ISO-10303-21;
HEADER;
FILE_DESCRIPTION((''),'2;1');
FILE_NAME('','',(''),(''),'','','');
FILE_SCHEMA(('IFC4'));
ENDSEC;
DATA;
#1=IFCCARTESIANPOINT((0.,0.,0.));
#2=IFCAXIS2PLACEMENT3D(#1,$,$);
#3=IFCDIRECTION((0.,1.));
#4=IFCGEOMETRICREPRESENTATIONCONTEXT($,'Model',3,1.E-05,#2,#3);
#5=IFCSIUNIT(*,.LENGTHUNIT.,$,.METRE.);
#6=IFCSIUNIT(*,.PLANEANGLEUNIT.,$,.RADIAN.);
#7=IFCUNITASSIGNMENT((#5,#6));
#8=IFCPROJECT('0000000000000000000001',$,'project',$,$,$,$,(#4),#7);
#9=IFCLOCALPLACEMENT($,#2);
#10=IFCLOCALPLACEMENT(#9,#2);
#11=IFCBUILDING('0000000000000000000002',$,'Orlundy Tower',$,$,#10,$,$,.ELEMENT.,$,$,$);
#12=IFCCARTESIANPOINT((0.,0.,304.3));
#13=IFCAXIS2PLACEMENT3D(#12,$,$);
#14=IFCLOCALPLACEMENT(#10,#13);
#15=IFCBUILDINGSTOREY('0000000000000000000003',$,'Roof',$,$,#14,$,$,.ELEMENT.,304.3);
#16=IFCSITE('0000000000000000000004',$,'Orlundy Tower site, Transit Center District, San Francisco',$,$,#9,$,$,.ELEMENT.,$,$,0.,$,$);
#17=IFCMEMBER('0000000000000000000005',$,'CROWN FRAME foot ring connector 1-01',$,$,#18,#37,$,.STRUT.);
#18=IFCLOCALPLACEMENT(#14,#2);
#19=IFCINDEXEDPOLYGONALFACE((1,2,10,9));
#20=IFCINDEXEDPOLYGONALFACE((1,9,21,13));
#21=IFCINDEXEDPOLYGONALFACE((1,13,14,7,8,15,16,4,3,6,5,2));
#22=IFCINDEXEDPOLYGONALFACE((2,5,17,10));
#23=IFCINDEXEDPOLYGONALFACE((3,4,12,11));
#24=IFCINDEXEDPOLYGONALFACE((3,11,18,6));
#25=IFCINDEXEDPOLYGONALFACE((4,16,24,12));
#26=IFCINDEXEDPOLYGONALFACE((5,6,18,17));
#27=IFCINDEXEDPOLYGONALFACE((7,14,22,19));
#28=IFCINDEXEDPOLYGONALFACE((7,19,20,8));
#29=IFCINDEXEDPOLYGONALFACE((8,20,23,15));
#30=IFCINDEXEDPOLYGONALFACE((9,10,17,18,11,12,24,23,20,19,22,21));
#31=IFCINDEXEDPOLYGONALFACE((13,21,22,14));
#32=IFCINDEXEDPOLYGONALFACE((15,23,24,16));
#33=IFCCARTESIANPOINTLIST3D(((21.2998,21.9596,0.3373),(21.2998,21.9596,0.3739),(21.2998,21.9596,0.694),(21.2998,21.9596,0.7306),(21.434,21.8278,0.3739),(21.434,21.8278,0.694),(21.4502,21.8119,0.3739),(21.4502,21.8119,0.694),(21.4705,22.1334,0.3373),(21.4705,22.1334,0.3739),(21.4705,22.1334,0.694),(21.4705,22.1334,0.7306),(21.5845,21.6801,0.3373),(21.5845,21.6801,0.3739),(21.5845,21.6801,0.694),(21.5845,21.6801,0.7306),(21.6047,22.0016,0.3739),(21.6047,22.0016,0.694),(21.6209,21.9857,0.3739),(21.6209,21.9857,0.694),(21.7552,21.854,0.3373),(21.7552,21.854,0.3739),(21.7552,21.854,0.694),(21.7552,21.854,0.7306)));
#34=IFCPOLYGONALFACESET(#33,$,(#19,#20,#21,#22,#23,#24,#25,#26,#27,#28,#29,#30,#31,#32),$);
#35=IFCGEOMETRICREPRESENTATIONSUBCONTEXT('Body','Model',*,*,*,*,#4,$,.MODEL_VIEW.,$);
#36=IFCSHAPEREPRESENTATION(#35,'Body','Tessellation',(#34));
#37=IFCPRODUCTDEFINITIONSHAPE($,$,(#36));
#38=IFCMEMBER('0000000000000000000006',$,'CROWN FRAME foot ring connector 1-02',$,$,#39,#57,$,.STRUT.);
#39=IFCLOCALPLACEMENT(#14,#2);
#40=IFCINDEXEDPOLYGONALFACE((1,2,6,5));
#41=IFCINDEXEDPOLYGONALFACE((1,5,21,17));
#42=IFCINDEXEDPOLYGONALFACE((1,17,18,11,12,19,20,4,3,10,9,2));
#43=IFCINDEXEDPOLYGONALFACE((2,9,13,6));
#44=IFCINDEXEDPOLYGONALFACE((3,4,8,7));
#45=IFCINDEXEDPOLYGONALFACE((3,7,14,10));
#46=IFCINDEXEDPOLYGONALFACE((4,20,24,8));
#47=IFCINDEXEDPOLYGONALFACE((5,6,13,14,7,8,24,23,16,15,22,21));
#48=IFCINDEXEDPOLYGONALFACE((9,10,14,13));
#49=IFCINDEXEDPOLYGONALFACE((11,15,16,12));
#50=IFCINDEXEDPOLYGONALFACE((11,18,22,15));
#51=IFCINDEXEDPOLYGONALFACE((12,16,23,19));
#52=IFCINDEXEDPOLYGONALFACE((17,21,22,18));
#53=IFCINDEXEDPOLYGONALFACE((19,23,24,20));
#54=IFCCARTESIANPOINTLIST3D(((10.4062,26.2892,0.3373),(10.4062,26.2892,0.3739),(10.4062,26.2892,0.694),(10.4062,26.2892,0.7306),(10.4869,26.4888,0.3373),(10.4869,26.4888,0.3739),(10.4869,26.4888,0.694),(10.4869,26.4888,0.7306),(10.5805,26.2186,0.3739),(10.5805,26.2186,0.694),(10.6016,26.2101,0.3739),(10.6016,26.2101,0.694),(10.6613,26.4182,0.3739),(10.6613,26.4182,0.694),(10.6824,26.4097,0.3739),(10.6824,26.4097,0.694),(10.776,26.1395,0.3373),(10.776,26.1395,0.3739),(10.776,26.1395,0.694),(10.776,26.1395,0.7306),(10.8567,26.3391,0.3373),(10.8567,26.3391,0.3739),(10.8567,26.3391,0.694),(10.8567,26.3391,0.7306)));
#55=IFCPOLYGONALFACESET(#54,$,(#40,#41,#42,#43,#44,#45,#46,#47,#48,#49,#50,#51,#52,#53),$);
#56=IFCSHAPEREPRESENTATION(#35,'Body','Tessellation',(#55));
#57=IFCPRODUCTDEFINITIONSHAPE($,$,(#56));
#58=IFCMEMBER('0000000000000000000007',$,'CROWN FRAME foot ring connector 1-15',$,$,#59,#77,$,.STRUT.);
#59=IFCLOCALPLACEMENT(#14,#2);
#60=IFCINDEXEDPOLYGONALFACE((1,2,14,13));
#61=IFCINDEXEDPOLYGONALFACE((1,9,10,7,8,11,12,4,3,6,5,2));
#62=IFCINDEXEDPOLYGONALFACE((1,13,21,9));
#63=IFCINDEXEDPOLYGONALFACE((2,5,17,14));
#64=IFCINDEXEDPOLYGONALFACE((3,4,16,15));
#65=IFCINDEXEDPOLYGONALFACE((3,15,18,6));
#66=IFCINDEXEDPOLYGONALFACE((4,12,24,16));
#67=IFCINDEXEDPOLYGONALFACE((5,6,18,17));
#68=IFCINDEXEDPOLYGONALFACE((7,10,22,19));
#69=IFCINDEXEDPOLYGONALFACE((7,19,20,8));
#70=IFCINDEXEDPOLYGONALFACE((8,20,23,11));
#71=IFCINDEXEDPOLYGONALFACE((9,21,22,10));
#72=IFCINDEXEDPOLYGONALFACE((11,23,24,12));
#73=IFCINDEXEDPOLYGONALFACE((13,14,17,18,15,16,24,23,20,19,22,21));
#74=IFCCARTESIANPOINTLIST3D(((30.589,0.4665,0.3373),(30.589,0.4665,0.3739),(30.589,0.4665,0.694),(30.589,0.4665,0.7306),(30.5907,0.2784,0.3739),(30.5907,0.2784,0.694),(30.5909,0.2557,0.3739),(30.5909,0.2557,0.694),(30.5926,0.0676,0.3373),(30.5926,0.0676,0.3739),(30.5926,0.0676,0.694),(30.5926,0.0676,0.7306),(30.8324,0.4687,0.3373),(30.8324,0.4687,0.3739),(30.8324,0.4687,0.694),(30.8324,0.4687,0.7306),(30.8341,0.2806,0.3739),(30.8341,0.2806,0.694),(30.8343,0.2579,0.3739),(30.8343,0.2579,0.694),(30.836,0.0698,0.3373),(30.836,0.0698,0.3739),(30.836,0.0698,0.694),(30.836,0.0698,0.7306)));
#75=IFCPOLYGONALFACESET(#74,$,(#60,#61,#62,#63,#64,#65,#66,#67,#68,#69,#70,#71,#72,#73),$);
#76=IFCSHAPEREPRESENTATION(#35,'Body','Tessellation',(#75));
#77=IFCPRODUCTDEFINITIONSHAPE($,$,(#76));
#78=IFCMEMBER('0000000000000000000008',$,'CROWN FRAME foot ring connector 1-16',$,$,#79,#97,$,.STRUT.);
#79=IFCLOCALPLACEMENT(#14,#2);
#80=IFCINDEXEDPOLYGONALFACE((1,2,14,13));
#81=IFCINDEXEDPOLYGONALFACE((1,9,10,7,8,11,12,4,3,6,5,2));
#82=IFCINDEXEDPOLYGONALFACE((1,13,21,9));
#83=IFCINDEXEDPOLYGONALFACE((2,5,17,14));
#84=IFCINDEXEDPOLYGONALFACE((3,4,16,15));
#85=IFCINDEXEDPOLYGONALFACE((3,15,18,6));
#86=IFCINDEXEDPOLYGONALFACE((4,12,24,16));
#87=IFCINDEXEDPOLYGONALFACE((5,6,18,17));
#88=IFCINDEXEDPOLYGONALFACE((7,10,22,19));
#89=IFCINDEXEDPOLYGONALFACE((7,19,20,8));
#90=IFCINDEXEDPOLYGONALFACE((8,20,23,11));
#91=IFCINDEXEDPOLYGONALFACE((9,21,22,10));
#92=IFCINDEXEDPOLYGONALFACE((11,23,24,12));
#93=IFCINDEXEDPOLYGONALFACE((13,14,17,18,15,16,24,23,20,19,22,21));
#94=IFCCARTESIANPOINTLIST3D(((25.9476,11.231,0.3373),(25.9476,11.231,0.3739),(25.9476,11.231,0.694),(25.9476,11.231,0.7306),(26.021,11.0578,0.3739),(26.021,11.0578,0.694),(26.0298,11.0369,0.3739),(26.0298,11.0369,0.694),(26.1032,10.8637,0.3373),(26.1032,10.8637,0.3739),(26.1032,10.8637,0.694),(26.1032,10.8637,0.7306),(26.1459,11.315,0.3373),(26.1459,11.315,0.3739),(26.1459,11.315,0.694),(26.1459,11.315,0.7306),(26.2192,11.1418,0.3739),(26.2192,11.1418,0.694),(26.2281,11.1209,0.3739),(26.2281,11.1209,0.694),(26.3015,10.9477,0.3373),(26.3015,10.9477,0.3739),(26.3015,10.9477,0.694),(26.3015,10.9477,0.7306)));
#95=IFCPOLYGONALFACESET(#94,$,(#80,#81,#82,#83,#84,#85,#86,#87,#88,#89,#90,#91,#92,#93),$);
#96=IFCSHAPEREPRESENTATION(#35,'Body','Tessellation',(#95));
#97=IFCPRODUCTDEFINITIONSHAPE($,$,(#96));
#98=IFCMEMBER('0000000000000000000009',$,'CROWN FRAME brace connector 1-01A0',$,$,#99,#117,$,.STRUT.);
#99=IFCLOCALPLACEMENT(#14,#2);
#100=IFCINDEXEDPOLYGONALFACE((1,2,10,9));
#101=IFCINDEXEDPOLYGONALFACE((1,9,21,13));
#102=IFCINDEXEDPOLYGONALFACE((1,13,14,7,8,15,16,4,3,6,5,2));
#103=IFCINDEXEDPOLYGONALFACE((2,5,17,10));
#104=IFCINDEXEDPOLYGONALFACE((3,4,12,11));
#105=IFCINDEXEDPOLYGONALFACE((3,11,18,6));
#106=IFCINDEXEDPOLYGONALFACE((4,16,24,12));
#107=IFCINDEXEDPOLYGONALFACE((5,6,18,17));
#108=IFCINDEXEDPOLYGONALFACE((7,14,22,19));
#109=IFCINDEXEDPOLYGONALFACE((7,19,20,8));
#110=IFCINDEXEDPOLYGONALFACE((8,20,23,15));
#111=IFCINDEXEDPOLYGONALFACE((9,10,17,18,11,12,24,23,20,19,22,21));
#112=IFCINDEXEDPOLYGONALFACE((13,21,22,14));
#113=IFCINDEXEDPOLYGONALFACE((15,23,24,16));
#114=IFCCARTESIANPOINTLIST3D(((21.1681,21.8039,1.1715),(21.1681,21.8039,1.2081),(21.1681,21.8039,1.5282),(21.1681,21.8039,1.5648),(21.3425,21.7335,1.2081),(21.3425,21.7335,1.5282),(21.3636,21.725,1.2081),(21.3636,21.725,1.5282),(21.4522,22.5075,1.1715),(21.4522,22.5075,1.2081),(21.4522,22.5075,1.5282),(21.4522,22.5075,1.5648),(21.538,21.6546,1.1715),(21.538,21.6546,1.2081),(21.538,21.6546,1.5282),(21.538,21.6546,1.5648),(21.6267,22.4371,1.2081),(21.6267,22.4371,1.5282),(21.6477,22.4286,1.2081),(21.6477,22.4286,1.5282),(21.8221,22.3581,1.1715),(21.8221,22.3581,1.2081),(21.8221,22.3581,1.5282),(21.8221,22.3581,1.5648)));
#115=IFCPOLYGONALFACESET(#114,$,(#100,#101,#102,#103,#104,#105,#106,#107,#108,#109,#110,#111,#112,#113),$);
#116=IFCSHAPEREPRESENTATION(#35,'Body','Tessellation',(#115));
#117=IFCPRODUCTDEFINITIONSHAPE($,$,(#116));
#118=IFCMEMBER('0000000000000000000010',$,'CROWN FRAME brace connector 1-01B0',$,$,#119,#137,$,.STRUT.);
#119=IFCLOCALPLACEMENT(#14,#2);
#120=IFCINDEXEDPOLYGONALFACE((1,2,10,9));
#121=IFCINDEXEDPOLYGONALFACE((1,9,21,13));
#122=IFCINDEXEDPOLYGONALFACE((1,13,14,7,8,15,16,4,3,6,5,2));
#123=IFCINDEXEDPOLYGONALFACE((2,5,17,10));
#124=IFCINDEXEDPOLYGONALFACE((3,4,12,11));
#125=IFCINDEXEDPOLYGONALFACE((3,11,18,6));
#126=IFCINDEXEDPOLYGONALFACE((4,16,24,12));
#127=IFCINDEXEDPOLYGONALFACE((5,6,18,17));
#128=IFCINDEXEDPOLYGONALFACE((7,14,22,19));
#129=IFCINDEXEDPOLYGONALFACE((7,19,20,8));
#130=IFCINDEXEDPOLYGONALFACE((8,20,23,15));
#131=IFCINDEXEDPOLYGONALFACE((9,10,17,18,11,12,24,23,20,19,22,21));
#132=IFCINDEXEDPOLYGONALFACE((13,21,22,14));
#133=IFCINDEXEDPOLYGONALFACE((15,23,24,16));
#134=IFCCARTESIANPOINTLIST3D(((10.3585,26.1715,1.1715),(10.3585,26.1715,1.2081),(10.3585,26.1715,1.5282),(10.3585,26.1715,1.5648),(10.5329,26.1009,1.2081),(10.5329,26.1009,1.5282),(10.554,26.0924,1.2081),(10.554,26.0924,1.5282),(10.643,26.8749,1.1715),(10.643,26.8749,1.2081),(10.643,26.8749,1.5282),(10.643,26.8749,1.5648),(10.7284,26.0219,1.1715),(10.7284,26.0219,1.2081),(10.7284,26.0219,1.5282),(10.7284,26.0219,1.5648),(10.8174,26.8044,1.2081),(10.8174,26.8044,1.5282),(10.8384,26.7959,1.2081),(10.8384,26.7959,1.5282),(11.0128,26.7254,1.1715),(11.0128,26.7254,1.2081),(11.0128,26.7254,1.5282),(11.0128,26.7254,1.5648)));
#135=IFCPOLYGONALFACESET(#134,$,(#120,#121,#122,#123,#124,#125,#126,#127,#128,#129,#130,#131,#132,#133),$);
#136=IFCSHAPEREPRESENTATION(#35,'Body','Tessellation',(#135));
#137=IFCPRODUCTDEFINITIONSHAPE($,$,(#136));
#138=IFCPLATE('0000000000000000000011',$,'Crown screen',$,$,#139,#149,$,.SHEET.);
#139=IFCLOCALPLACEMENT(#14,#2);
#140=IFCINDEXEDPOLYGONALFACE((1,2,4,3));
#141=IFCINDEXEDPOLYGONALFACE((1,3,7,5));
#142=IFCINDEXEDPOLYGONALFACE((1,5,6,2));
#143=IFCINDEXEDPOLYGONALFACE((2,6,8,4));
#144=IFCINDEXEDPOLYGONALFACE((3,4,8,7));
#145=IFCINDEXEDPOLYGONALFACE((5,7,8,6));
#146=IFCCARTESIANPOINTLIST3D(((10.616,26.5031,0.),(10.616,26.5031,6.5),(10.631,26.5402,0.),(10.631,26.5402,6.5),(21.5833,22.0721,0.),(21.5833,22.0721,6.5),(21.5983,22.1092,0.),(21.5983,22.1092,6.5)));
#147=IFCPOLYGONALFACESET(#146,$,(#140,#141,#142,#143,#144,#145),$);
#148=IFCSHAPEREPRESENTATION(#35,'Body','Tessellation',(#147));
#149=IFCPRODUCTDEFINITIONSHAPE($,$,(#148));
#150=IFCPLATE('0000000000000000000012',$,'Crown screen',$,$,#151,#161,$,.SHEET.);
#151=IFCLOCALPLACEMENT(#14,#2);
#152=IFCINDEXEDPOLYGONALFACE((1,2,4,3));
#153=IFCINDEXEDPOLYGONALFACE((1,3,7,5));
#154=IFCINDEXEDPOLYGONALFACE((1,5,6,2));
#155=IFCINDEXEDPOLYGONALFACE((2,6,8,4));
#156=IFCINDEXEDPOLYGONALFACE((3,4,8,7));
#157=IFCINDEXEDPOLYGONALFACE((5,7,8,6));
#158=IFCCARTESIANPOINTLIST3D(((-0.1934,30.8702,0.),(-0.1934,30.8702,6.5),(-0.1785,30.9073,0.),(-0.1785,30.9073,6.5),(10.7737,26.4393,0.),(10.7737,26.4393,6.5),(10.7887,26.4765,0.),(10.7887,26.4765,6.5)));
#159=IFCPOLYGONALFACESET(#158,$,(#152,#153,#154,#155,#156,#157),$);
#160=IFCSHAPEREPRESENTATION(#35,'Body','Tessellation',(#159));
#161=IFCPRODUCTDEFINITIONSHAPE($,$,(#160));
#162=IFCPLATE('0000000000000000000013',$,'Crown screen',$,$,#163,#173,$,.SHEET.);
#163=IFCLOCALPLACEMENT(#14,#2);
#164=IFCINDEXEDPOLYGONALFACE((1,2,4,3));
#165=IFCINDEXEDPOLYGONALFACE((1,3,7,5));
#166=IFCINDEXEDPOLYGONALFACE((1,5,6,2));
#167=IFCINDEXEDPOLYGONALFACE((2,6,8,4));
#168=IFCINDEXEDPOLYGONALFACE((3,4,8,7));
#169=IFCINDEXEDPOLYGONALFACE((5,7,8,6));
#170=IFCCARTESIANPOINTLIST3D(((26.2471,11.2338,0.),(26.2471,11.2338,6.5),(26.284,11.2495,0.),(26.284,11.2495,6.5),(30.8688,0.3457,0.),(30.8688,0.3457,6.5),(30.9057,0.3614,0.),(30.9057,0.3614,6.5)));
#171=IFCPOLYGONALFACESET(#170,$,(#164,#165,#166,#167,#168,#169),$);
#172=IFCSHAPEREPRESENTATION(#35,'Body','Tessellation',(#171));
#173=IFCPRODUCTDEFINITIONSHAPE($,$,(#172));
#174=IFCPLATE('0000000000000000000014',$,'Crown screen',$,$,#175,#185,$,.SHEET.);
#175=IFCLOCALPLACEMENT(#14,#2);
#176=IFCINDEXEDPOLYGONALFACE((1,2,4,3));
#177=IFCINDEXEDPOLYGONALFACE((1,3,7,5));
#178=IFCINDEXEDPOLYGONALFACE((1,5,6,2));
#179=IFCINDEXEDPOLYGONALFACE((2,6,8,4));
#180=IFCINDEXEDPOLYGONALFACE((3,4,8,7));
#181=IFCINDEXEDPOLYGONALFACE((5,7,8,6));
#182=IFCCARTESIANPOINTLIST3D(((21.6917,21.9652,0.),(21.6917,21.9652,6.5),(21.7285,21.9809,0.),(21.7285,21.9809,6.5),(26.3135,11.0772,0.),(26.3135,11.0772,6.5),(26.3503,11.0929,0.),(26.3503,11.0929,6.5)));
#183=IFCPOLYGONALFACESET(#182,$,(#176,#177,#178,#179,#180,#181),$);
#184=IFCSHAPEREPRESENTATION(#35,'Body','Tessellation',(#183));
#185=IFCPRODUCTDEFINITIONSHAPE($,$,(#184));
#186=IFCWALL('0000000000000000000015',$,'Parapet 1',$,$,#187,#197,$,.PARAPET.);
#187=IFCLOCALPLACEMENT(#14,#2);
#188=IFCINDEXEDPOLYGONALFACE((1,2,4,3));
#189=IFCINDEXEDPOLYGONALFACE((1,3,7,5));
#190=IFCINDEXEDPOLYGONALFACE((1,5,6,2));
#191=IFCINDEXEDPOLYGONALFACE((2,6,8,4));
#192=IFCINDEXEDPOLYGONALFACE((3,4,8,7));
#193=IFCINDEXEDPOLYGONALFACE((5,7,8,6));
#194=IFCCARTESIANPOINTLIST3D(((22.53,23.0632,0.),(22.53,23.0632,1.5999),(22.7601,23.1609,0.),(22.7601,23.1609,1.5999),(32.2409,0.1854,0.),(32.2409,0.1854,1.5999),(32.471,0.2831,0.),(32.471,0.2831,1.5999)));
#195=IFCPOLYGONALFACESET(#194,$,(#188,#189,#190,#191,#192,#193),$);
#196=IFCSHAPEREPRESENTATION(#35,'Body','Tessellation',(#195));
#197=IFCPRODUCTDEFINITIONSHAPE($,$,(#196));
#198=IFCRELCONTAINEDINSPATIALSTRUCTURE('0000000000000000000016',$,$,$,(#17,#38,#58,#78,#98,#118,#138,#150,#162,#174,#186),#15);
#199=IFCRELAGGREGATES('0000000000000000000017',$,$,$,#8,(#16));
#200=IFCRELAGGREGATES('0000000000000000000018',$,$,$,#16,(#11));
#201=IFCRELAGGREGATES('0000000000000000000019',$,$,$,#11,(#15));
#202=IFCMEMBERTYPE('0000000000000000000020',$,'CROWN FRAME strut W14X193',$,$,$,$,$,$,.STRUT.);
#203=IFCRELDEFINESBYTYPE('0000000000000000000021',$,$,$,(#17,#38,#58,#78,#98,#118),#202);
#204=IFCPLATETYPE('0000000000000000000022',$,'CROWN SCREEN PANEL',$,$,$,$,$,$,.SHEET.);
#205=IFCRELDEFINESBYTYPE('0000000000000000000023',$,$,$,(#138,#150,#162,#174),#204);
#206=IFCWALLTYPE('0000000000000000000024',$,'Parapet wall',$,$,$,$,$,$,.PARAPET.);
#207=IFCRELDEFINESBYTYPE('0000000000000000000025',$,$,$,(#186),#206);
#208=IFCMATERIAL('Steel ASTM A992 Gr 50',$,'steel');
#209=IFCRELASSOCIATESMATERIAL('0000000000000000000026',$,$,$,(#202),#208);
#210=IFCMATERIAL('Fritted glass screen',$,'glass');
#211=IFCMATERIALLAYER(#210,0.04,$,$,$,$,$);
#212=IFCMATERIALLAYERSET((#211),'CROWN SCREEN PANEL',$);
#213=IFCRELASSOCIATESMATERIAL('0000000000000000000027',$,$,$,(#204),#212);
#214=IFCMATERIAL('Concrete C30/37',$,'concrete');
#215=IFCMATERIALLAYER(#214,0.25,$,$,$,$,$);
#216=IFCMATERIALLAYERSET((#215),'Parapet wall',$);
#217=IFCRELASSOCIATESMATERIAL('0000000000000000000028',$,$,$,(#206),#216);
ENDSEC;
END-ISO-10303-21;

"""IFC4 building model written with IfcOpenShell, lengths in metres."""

from ifc_helpers import new_model, si_unit, direction, frame, frame_2d, origin, origin_2d, place, context, subcontext, project, spatial, rectangle, i_section, extrude, material, layer, layer_set, material_profile, profile_set, type_object, element, save


model = new_model("IFC4")

# Units and contexts
model_context = context("Model", 3, precision=1e-05, world=origin(), true_north=direction((0.0, 1.0)))
body_context = subcontext(model_context, "Body", "Model", "MODEL_VIEW")
ifc_project = project(units=[si_unit("LENGTHUNIT", "METRE"), si_unit("PLANEANGLEUNIT", "RADIAN")], contexts=[model_context])

# Site, building, storey
site_placement = place(None, origin())
site = spatial("IfcSite", under=ifc_project, at=site_placement, Name="Orlundy Tower site, Transit Center District, San Francisco", CompositionType="ELEMENT", RefElevation=0.0)
building_placement = place(site_placement, origin())
building = spatial("IfcBuilding", under=site, at=building_placement, Name="Orlundy Tower", CompositionType="ELEMENT")
storey_placement = place(building_placement, frame((0.0, 0.0, 304.3)))
storey = spatial("IfcBuildingStorey", under=building, at=storey_placement, Name="Roof", CompositionType="ELEMENT", Elevation=304.3)

# Members
ifc_material_1 = material(Name="Steel ASTM A992 Gr 50", Category="steel")
ifc_material_profile_1 = material_profile(ifc_material_1, i_section(OverallWidth=0.3989, OverallDepth=0.3933, WebThickness=0.0227, FlangeThickness=0.0366, at=origin_2d()), Name="W14X193")
ifc_profile_set_1 = profile_set([ifc_material_profile_1], Name="Steel ASTM A992 Gr 50")
member_type_1 = type_object("IfcMemberType", Name="CROWN FRAME strut W14X193", PredefinedType="STRUT", material=ifc_profile_set_1)
member_1_placement = place(storey_placement, frame((21.4421, 21.8198, 0.5339), z_axis=(0.700562, 0.713591, 0.0), x_axis=(-0.713591, 0.700562, 0.0)))
element("IfcMember", 1, at=member_1_placement, inside=storey, type_object=member_type_1, Name="CROWN FRAME foot ring connector 1-01", PredefinedType="STRUT", context=body_context, shape_type="SweptSolid", body=[
    extrude(i_section(OverallWidth=0.3989, OverallDepth=0.3933, WebThickness=0.0227, FlangeThickness=0.0366, at=origin_2d()), origin(), (0.0, 0.0, 1.0), 0.2437),
])
member_2_placement = place(storey_placement, frame((10.5911, 26.2144, 0.5339), z_axis=(0.3751, 0.926984, 0.0), x_axis=(-0.926984, 0.3751, 0.0)))
element("IfcMember", 2, at=member_2_placement, inside=storey, type_object=member_type_1, Name="CROWN FRAME foot ring connector 1-02", PredefinedType="STRUT", context=body_context, shape_type="SweptSolid", body=[
    extrude(i_section(OverallWidth=0.3989, OverallDepth=0.3933, WebThickness=0.0227, FlangeThickness=0.0366, at=origin_2d()), origin(), (0.0, 0.0, 1.0), 0.2153),
])
member_3_placement = place(storey_placement, frame((30.5908, 0.2671, 0.5339), z_axis=(0.999959, 0.009027, 0.0), x_axis=(-0.009027, 0.999959, 0.0)))
element("IfcMember", 3, at=member_3_placement, inside=storey, type_object=member_type_1, Name="CROWN FRAME foot ring connector 1-15", PredefinedType="STRUT", context=body_context, shape_type="SweptSolid", body=[
    extrude(i_section(OverallWidth=0.3989, OverallDepth=0.3933, WebThickness=0.0227, FlangeThickness=0.0366, at=origin_2d()), origin(), (0.0, 0.0, 1.0), 0.2434),
])
member_4_placement = place(storey_placement, frame((26.0254, 11.0474, 0.5339), z_axis=(0.920779, 0.390084, 0.0), x_axis=(-0.390084, 0.920779, 0.0)))
element("IfcMember", 4, at=member_4_placement, inside=storey, type_object=member_type_1, Name="CROWN FRAME foot ring connector 1-16", PredefinedType="STRUT", context=body_context, shape_type="SweptSolid", body=[
    extrude(i_section(OverallWidth=0.3989, OverallDepth=0.3933, WebThickness=0.0227, FlangeThickness=0.0366, at=origin_2d()), origin(), (0.0, 0.0, 1.0), 0.2153),
])
for number, where, z_axis, x_axis, name in (
    (5, (21.353, 21.7292, 1.3682), (0.374495, 0.927229, 0.0), (-0.927229, 0.374495, 0.0), "CROWN FRAME brace connector 1-01A0"),
    (6, (10.5435, 26.0967, 1.3682), (0.374883, 0.927072, 0.0), (-0.927072, 0.374883, 0.0), "CROWN FRAME brace connector 1-01B0"),
):
    element("IfcMember", number, at=place(storey_placement, frame(where, z_axis=z_axis, x_axis=x_axis)), inside=storey, type_object=member_type_1, Name=name, PredefinedType="STRUT", context=body_context, shape_type="SweptSolid", body=[
        extrude(i_section(OverallWidth=0.3989, OverallDepth=0.3933, WebThickness=0.0227, FlangeThickness=0.0366, at=origin_2d()), origin(), (0.0, 0.0, 1.0), 0.7588),
    ])

# Plates
ifc_material_2 = material(Name="Fritted glass screen", Category="glass")
ifc_layer_1 = layer(ifc_material_2, 0.04)
ifc_layer_set_1 = layer_set([ifc_layer_1], Name="CROWN SCREEN PANEL")
plate_type = type_object("IfcPlateType", Name="CROWN SCREEN PANEL", PredefinedType="SHEET", material=ifc_layer_set_1)
plate_placement = place(storey_placement, frame((16.1072, 24.3062, 0.0), z_axis=(0.0, 0.0, 1.0), x_axis=(-0.927186, 0.374602, 0.0)))
element("IfcPlate", 7, at=plate_placement, inside=storey, type_object=plate_type, Name="Crown screen", PredefinedType="SHEET", context=body_context, shape_type="SweptSolid", body=[
    extrude(rectangle(XDim=11.8286, YDim=0.04, at=origin_2d()), origin(), (0.0, 0.0, 1.0), 6.5),
])
for number, where, z_axis, x_axis, name in (
    (8, (5.2976, 28.6733, 0.0), (0.0, 0.0, 1.0), (-0.927187, 0.374598, 0.0), "Crown screen"),
    (9, (28.5764, 5.7976, 0.0), (0.0, 0.0, 1.0), (-0.390728, 0.920506, 0.0), "Crown screen"),
    (10, (24.021, 16.5291, 0.0), (0.0, 0.0, 1.0), (-0.390739, 0.920502, 0.0), "Crown screen"),
):
    element("IfcPlate", number, at=place(storey_placement, frame(where, z_axis=z_axis, x_axis=x_axis)), inside=storey, type_object=plate_type, Name=name, PredefinedType="SHEET", context=body_context, shape_type="SweptSolid", body=[
        extrude(rectangle(XDim=11.8284, YDim=0.04, at=origin_2d()), origin(), (0.0, 0.0, 1.0), 6.5),
    ])

# Wall
ifc_material_3 = material(Name="Concrete C30/37", Category="concrete")
ifc_layer_2 = layer(ifc_material_3, 0.25)
ifc_layer_set_2 = layer_set([ifc_layer_2], Name="Parapet wall")
wall_type = type_object("IfcWallType", Name="Parapet wall", PredefinedType="PARAPET", material=ifc_layer_set_2)
wall_1_placement = place(storey_placement, frame((22.645, 23.1121, 0.0), z_axis=(0.0, 0.0, 1.0), x_axis=(0.390725, -0.920507, 0.0)))
element("IfcWall", 11, at=wall_1_placement, inside=storey, type_object=wall_type, Name="Parapet 1", PredefinedType="PARAPET", context=body_context, shape_type="SweptSolid", body=[
    extrude(rectangle(XDim=24.8535, YDim=0.25, at=frame_2d((12.4268, 0.0))), origin(), (0.0, 0.0, 1.0), 1.5999),
])

save(model, "model.ifc")
